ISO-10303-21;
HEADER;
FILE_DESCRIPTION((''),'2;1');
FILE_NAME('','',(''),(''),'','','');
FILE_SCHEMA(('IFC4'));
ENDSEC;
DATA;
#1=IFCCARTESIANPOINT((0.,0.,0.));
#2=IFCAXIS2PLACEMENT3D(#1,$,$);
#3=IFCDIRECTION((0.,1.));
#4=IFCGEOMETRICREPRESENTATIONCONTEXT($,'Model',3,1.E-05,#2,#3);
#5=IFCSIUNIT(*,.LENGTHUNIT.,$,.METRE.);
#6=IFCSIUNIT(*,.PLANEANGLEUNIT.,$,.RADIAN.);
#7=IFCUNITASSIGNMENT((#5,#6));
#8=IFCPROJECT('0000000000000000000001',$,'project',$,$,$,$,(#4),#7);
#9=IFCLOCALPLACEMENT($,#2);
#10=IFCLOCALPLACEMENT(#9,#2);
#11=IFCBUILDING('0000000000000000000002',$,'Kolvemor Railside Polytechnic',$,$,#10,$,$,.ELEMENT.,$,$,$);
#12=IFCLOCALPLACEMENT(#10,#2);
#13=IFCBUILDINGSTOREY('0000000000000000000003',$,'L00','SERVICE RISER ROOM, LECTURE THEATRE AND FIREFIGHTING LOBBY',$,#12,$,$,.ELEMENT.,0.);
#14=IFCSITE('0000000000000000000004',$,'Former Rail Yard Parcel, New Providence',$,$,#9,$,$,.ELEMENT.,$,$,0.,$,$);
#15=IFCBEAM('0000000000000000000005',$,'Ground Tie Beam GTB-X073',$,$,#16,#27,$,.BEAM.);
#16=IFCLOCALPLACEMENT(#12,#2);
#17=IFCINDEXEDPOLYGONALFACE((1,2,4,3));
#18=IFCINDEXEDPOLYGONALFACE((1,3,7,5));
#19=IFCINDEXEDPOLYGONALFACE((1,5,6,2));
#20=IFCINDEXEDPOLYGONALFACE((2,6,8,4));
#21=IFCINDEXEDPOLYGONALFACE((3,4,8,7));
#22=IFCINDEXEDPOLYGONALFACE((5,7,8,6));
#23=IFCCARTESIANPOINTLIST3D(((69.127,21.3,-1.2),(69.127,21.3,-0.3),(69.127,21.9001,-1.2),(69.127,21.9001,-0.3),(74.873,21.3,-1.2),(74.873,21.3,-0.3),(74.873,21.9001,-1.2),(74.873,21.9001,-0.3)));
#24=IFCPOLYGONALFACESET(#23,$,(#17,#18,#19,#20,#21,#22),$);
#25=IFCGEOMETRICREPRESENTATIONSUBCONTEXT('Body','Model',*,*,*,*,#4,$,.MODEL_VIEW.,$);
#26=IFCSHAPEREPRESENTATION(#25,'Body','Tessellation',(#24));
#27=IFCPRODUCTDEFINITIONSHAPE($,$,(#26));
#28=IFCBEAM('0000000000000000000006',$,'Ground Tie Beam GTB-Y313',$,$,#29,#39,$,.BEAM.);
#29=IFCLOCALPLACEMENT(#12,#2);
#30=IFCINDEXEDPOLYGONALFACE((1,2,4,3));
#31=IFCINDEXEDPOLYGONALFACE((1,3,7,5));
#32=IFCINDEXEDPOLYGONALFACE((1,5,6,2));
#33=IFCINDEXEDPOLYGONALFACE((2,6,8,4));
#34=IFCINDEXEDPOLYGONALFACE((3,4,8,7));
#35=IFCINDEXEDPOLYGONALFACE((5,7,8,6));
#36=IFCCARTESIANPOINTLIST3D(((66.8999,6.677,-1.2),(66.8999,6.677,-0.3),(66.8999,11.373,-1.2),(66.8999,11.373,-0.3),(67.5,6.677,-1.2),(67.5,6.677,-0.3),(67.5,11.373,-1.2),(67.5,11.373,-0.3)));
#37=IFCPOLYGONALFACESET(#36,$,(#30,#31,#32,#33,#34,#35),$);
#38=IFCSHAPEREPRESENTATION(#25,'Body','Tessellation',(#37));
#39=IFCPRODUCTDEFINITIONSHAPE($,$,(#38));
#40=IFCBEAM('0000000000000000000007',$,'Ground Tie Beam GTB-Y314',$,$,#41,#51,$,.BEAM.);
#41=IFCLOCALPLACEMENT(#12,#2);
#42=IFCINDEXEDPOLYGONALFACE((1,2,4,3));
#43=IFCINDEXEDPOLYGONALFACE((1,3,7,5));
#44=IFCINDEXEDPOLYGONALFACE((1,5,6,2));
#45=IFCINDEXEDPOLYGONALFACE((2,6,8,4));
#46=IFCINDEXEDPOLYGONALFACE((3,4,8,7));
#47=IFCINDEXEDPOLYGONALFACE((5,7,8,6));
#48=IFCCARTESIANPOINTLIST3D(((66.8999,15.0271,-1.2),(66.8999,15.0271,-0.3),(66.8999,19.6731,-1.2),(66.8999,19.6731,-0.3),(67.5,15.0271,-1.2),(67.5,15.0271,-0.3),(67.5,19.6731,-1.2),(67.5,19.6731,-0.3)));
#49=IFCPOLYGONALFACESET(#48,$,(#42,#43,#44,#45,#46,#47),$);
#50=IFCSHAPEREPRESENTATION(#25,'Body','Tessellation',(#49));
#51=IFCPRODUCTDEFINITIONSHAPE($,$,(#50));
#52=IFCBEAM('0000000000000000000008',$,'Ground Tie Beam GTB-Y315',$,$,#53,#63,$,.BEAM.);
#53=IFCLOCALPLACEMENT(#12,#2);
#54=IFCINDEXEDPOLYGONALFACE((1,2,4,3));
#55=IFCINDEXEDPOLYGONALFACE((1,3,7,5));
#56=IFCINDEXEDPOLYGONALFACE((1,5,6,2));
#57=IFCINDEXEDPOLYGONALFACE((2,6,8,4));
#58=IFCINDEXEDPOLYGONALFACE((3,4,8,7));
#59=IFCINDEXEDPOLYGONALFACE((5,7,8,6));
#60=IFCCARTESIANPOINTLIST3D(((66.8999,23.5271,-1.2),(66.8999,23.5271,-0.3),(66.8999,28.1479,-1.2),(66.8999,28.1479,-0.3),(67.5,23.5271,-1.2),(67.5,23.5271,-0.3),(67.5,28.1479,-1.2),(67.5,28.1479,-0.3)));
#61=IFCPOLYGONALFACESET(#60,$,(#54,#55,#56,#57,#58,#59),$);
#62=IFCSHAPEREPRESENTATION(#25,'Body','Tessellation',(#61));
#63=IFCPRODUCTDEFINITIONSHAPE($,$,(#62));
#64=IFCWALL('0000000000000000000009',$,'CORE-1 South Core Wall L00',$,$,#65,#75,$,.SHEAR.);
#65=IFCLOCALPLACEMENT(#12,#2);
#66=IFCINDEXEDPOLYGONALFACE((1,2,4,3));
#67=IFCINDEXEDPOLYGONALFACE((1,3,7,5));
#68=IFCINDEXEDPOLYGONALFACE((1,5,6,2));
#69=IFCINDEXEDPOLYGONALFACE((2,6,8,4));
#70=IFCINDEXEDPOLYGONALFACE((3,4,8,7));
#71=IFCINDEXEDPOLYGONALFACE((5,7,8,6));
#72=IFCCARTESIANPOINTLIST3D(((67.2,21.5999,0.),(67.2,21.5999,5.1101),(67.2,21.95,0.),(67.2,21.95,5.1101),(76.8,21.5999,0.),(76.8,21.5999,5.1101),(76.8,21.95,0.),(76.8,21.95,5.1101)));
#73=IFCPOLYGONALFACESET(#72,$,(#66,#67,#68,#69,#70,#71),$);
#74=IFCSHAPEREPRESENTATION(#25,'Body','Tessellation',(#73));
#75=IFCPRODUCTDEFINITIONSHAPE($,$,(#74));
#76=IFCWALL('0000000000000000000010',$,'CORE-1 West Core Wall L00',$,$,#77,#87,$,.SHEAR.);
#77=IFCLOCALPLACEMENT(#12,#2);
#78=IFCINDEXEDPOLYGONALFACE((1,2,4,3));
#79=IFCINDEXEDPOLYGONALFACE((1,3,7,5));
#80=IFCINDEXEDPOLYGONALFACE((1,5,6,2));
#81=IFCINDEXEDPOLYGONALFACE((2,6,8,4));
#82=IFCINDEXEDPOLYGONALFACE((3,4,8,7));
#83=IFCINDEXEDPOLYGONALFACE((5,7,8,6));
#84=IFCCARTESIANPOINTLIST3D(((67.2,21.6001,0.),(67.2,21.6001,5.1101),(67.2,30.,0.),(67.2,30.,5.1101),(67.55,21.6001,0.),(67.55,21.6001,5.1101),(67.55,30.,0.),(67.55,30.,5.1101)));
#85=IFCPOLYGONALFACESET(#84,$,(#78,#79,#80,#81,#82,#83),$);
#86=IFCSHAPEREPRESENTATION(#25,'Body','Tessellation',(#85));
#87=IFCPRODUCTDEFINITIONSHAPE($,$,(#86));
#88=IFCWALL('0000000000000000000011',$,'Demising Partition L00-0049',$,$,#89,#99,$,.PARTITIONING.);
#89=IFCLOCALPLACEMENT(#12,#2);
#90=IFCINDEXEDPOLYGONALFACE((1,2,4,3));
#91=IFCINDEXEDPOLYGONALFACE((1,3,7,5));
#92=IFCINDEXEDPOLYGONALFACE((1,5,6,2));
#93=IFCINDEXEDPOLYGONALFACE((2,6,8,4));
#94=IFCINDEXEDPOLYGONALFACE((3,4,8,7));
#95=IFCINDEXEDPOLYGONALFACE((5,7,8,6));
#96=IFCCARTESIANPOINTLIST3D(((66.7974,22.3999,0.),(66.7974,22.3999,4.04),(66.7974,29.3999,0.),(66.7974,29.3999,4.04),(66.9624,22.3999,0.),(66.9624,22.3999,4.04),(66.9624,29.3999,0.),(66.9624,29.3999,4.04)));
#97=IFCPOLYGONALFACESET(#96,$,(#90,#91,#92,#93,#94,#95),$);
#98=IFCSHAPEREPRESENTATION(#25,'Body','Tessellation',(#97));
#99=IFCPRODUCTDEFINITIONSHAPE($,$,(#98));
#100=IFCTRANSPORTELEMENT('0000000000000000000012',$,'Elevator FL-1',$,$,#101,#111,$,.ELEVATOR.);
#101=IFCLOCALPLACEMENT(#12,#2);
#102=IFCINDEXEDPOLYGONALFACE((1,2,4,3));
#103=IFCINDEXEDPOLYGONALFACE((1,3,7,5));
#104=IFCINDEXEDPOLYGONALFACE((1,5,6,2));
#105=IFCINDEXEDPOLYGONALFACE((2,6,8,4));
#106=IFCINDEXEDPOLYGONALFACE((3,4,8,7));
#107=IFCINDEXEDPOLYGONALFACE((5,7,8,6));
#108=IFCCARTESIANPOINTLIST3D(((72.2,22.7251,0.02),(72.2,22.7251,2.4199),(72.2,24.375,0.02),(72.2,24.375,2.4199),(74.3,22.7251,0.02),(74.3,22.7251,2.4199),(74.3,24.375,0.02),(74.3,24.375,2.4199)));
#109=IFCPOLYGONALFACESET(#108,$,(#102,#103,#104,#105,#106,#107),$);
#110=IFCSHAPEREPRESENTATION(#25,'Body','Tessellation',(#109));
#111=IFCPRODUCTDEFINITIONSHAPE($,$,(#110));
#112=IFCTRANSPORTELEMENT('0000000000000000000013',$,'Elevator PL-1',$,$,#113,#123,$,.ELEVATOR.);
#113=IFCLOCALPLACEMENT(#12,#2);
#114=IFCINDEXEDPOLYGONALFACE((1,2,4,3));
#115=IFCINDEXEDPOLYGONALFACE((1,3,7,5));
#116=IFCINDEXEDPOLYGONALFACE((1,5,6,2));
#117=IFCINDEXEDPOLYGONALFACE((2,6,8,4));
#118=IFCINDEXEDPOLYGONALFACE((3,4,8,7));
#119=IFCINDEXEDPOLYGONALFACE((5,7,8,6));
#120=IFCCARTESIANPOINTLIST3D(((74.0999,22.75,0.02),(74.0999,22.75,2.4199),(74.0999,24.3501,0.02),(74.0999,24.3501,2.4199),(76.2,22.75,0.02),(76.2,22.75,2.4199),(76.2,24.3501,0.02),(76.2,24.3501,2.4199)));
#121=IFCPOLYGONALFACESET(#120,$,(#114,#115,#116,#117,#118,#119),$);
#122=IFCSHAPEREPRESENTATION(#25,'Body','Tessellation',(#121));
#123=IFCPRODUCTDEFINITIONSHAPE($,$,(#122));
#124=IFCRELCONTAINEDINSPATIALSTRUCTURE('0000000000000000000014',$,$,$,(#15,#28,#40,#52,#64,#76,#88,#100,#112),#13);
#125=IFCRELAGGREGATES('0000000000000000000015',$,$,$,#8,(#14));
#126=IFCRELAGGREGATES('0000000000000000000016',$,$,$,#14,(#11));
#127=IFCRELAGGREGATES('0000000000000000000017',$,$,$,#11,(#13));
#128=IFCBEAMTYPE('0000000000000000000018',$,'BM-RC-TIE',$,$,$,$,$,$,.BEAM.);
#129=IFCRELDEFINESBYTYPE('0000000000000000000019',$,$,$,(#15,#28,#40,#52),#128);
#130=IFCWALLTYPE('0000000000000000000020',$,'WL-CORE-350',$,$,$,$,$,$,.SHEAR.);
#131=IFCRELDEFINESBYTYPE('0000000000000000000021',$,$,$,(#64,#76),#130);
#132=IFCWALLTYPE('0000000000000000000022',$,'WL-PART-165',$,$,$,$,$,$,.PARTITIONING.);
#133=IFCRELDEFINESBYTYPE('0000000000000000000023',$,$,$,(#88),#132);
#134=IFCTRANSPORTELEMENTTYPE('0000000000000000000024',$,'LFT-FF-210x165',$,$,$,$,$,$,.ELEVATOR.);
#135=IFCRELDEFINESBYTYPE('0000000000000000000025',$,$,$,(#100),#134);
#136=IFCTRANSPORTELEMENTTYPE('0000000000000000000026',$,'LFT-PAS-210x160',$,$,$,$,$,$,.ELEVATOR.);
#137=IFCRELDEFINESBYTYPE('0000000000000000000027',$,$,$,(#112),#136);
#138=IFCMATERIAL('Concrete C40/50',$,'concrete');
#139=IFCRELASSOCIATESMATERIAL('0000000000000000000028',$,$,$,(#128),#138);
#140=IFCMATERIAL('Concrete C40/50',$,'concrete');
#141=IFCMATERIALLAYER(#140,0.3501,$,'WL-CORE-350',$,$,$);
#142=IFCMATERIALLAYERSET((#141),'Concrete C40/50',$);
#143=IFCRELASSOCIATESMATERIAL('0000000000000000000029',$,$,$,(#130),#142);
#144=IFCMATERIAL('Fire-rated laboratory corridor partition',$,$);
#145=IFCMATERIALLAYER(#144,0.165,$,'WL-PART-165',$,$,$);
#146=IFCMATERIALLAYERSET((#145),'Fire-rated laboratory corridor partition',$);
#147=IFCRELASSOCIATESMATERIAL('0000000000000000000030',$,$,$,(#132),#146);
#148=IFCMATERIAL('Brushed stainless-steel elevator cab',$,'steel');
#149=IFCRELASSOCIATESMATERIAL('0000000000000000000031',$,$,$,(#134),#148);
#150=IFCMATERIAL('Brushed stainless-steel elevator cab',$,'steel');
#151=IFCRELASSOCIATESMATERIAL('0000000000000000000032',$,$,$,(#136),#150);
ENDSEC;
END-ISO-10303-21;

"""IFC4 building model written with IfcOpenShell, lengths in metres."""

from ifc_helpers import new_model, si_unit, direction, frame, frame_2d, origin, origin_2d, place, context, subcontext, project, spatial, rectangle, extrude, material, layer, layer_set, material_profile, profile_set, type_object, element, save


model = new_model("IFC4")

# Units and contexts
model_context = context("Model", 3, precision=1e-05, world=origin(), true_north=direction((0.0, 1.0)))
body_context = subcontext(model_context, "Body", "Model", "MODEL_VIEW")
ifc_project = project(units=[si_unit("LENGTHUNIT", "METRE"), si_unit("PLANEANGLEUNIT", "RADIAN")], contexts=[model_context])

# Site, building, storey
site_placement = place(None, origin())
site = spatial("IfcSite", under=ifc_project, at=site_placement, Name="Former Rail Yard Parcel, New Providence", CompositionType="ELEMENT", RefElevation=0.0)
building_placement = place(site_placement, origin())
building = spatial("IfcBuilding", under=site, at=building_placement, Name="Kolvemor Railside Polytechnic", CompositionType="ELEMENT")
storey_placement = place(building_placement, origin())
storey = spatial("IfcBuildingStorey", under=building, at=storey_placement, Name="L00", Description="SERVICE RISER ROOM, LECTURE THEATRE AND FIREFIGHTING LOBBY", CompositionType="ELEMENT", Elevation=0.0)

# Beams
ifc_material_1 = material(Name="Concrete C40/50", Category="concrete")
ifc_material_profile_1 = material_profile(ifc_material_1, rectangle(XDim=0.6001, YDim=0.8999, at=origin_2d()), Name="RC600x900")
ifc_profile_set_1 = profile_set([ifc_material_profile_1], Name="Concrete C40/50")
beam_type_1 = type_object("IfcBeamType", Name="BM-RC-TIE", PredefinedType="BEAM", material=ifc_profile_set_1)
beam_1_placement = place(storey_placement, frame((69.127, 21.6001, -0.75), z_axis=(1.0, 0.0, 0.0), x_axis=(0.0, 1.0, 0.0)))
element("IfcBeam", 1, at=beam_1_placement, inside=storey, type_object=beam_type_1, Name="Ground Tie Beam GTB-X073", PredefinedType="BEAM", context=body_context, shape_type="SweptSolid", body=[
    extrude(rectangle(XDim=0.6001, YDim=0.8999, at=origin_2d()), origin(), (0.0, 0.0, 1.0), 5.7461),
])
beam_2_placement = place(storey_placement, frame((67.2, 6.677, -0.75), z_axis=(0.0, 1.0, 0.0), x_axis=(-1.0, 0.0, 0.0)))
element("IfcBeam", 2, at=beam_2_placement, inside=storey, type_object=beam_type_1, Name="Ground Tie Beam GTB-Y313", PredefinedType="BEAM", context=body_context, shape_type="SweptSolid", body=[
    extrude(rectangle(XDim=0.6001, YDim=0.8999, at=origin_2d()), origin(), (0.0, 0.0, 1.0), 4.696),
])
beam_3_placement = place(storey_placement, frame((67.2, 15.0271, -0.75), z_axis=(0.0, 1.0, 0.0), x_axis=(-1.0, 0.0, 0.0)))
element("IfcBeam", 3, at=beam_3_placement, inside=storey, type_object=beam_type_1, Name="Ground Tie Beam GTB-Y314", PredefinedType="BEAM", context=body_context, shape_type="SweptSolid", body=[
    extrude(rectangle(XDim=0.6001, YDim=0.8999, at=origin_2d()), origin(), (0.0, 0.0, 1.0), 4.646),
])
beam_4_placement = place(storey_placement, frame((67.2, 23.5271, -0.75), z_axis=(0.0, 1.0, 0.0), x_axis=(-1.0, 0.0, 0.0)))
element("IfcBeam", 4, at=beam_4_placement, inside=storey, type_object=beam_type_1, Name="Ground Tie Beam GTB-Y315", PredefinedType="BEAM", context=body_context, shape_type="SweptSolid", body=[
    extrude(rectangle(XDim=0.6001, YDim=0.8999, at=origin_2d()), origin(), (0.0, 0.0, 1.0), 4.6208),
])

# Walls
ifc_material_2 = material(Name="Concrete C40/50", Category="concrete")
ifc_layer_1 = layer(ifc_material_2, 0.3501, Name="WL-CORE-350")
ifc_layer_set_1 = layer_set([ifc_layer_1], Name="Concrete C40/50")
wall_type_1 = type_object("IfcWallType", Name="WL-CORE-350", PredefinedType="SHEAR", material=ifc_layer_set_1)
wall_1_placement = place(storey_placement, frame((67.2, 21.7749, 0.0), z_axis=(0.0, 0.0, 1.0), x_axis=(1.0, 0.0, 0.0)))
element("IfcWall", 5, at=wall_1_placement, inside=storey, type_object=wall_type_1, Name="CORE-1 South Core Wall L00", PredefinedType="SHEAR", context=body_context, shape_type="SweptSolid", body=[
    extrude(rectangle(XDim=9.6001, YDim=0.3501, at=frame_2d((4.8, 0.0))), origin(), (0.0, 0.0, 1.0), 5.1101),
])
wall_2_placement = place(storey_placement, frame((67.375, 21.6001, 0.0), z_axis=(0.0, 0.0, 1.0), x_axis=(0.0, 1.0, 0.0)))
element("IfcWall", 6, at=wall_2_placement, inside=storey, type_object=wall_type_1, Name="CORE-1 West Core Wall L00", PredefinedType="SHEAR", context=body_context, shape_type="SweptSolid", body=[
    extrude(rectangle(XDim=8.3999, YDim=0.3501, at=frame_2d((4.2, 0.0))), origin(), (0.0, 0.0, 1.0), 5.1101),
])
ifc_material_3 = material(Name="Fire-rated laboratory corridor partition")
ifc_layer_2 = layer(ifc_material_3, 0.165, Name="WL-PART-165")
ifc_layer_set_2 = layer_set([ifc_layer_2], Name="Fire-rated laboratory corridor partition")
wall_type_2 = type_object("IfcWallType", Name="WL-PART-165", PredefinedType="PARTITIONING", material=ifc_layer_set_2)
wall_3_placement = place(storey_placement, frame((66.8799, 22.3999, 0.0), z_axis=(0.0, 0.0, 1.0), x_axis=(0.0, 1.0, 0.0)))
element("IfcWall", 7, at=wall_3_placement, inside=storey, type_object=wall_type_2, Name="Demising Partition L00-0049", PredefinedType="PARTITIONING", context=body_context, shape_type="SweptSolid", body=[
    extrude(rectangle(XDim=7.0, YDim=0.165, at=frame_2d((3.5, 0.0))), origin(), (0.0, 0.0, 1.0), 4.04),
])

# Transport elements
ifc_material_4 = material(Name="Brushed stainless-steel elevator cab", Category="steel")
transport_element_type_1 = type_object("IfcTransportElementType", Name="LFT-FF-210x165", PredefinedType="ELEVATOR", material=ifc_material_4)
transport_element_1_placement = place(storey_placement, frame((73.25, 23.55, 0.02), z_axis=(0.0, 0.0, 1.0), x_axis=(1.0, 0.0, 0.0)))
element("IfcTransportElement", 8, at=transport_element_1_placement, inside=storey, type_object=transport_element_type_1, Name="Elevator FL-1", PredefinedType="ELEVATOR", context=body_context, shape_type="SweptSolid", body=[
    extrude(rectangle(XDim=2.1001, YDim=1.6499, at=origin_2d()), origin(), (0.0, 0.0, 1.0), 2.3999),
])
ifc_material_5 = material(Name="Brushed stainless-steel elevator cab", Category="steel")
transport_element_type_2 = type_object("IfcTransportElementType", Name="LFT-PAS-210x160", PredefinedType="ELEVATOR", material=ifc_material_5)
transport_element_2_placement = place(storey_placement, frame((75.1499, 23.55, 0.02), z_axis=(0.0, 0.0, 1.0), x_axis=(1.0, 0.0, 0.0)))
element("IfcTransportElement", 9, at=transport_element_2_placement, inside=storey, type_object=transport_element_type_2, Name="Elevator PL-1", PredefinedType="ELEVATOR", context=body_context, shape_type="SweptSolid", body=[
    extrude(rectangle(XDim=2.1001, YDim=1.6001, at=origin_2d()), origin(), (0.0, 0.0, 1.0), 2.3999),
])

save(model, "model.ifc")
